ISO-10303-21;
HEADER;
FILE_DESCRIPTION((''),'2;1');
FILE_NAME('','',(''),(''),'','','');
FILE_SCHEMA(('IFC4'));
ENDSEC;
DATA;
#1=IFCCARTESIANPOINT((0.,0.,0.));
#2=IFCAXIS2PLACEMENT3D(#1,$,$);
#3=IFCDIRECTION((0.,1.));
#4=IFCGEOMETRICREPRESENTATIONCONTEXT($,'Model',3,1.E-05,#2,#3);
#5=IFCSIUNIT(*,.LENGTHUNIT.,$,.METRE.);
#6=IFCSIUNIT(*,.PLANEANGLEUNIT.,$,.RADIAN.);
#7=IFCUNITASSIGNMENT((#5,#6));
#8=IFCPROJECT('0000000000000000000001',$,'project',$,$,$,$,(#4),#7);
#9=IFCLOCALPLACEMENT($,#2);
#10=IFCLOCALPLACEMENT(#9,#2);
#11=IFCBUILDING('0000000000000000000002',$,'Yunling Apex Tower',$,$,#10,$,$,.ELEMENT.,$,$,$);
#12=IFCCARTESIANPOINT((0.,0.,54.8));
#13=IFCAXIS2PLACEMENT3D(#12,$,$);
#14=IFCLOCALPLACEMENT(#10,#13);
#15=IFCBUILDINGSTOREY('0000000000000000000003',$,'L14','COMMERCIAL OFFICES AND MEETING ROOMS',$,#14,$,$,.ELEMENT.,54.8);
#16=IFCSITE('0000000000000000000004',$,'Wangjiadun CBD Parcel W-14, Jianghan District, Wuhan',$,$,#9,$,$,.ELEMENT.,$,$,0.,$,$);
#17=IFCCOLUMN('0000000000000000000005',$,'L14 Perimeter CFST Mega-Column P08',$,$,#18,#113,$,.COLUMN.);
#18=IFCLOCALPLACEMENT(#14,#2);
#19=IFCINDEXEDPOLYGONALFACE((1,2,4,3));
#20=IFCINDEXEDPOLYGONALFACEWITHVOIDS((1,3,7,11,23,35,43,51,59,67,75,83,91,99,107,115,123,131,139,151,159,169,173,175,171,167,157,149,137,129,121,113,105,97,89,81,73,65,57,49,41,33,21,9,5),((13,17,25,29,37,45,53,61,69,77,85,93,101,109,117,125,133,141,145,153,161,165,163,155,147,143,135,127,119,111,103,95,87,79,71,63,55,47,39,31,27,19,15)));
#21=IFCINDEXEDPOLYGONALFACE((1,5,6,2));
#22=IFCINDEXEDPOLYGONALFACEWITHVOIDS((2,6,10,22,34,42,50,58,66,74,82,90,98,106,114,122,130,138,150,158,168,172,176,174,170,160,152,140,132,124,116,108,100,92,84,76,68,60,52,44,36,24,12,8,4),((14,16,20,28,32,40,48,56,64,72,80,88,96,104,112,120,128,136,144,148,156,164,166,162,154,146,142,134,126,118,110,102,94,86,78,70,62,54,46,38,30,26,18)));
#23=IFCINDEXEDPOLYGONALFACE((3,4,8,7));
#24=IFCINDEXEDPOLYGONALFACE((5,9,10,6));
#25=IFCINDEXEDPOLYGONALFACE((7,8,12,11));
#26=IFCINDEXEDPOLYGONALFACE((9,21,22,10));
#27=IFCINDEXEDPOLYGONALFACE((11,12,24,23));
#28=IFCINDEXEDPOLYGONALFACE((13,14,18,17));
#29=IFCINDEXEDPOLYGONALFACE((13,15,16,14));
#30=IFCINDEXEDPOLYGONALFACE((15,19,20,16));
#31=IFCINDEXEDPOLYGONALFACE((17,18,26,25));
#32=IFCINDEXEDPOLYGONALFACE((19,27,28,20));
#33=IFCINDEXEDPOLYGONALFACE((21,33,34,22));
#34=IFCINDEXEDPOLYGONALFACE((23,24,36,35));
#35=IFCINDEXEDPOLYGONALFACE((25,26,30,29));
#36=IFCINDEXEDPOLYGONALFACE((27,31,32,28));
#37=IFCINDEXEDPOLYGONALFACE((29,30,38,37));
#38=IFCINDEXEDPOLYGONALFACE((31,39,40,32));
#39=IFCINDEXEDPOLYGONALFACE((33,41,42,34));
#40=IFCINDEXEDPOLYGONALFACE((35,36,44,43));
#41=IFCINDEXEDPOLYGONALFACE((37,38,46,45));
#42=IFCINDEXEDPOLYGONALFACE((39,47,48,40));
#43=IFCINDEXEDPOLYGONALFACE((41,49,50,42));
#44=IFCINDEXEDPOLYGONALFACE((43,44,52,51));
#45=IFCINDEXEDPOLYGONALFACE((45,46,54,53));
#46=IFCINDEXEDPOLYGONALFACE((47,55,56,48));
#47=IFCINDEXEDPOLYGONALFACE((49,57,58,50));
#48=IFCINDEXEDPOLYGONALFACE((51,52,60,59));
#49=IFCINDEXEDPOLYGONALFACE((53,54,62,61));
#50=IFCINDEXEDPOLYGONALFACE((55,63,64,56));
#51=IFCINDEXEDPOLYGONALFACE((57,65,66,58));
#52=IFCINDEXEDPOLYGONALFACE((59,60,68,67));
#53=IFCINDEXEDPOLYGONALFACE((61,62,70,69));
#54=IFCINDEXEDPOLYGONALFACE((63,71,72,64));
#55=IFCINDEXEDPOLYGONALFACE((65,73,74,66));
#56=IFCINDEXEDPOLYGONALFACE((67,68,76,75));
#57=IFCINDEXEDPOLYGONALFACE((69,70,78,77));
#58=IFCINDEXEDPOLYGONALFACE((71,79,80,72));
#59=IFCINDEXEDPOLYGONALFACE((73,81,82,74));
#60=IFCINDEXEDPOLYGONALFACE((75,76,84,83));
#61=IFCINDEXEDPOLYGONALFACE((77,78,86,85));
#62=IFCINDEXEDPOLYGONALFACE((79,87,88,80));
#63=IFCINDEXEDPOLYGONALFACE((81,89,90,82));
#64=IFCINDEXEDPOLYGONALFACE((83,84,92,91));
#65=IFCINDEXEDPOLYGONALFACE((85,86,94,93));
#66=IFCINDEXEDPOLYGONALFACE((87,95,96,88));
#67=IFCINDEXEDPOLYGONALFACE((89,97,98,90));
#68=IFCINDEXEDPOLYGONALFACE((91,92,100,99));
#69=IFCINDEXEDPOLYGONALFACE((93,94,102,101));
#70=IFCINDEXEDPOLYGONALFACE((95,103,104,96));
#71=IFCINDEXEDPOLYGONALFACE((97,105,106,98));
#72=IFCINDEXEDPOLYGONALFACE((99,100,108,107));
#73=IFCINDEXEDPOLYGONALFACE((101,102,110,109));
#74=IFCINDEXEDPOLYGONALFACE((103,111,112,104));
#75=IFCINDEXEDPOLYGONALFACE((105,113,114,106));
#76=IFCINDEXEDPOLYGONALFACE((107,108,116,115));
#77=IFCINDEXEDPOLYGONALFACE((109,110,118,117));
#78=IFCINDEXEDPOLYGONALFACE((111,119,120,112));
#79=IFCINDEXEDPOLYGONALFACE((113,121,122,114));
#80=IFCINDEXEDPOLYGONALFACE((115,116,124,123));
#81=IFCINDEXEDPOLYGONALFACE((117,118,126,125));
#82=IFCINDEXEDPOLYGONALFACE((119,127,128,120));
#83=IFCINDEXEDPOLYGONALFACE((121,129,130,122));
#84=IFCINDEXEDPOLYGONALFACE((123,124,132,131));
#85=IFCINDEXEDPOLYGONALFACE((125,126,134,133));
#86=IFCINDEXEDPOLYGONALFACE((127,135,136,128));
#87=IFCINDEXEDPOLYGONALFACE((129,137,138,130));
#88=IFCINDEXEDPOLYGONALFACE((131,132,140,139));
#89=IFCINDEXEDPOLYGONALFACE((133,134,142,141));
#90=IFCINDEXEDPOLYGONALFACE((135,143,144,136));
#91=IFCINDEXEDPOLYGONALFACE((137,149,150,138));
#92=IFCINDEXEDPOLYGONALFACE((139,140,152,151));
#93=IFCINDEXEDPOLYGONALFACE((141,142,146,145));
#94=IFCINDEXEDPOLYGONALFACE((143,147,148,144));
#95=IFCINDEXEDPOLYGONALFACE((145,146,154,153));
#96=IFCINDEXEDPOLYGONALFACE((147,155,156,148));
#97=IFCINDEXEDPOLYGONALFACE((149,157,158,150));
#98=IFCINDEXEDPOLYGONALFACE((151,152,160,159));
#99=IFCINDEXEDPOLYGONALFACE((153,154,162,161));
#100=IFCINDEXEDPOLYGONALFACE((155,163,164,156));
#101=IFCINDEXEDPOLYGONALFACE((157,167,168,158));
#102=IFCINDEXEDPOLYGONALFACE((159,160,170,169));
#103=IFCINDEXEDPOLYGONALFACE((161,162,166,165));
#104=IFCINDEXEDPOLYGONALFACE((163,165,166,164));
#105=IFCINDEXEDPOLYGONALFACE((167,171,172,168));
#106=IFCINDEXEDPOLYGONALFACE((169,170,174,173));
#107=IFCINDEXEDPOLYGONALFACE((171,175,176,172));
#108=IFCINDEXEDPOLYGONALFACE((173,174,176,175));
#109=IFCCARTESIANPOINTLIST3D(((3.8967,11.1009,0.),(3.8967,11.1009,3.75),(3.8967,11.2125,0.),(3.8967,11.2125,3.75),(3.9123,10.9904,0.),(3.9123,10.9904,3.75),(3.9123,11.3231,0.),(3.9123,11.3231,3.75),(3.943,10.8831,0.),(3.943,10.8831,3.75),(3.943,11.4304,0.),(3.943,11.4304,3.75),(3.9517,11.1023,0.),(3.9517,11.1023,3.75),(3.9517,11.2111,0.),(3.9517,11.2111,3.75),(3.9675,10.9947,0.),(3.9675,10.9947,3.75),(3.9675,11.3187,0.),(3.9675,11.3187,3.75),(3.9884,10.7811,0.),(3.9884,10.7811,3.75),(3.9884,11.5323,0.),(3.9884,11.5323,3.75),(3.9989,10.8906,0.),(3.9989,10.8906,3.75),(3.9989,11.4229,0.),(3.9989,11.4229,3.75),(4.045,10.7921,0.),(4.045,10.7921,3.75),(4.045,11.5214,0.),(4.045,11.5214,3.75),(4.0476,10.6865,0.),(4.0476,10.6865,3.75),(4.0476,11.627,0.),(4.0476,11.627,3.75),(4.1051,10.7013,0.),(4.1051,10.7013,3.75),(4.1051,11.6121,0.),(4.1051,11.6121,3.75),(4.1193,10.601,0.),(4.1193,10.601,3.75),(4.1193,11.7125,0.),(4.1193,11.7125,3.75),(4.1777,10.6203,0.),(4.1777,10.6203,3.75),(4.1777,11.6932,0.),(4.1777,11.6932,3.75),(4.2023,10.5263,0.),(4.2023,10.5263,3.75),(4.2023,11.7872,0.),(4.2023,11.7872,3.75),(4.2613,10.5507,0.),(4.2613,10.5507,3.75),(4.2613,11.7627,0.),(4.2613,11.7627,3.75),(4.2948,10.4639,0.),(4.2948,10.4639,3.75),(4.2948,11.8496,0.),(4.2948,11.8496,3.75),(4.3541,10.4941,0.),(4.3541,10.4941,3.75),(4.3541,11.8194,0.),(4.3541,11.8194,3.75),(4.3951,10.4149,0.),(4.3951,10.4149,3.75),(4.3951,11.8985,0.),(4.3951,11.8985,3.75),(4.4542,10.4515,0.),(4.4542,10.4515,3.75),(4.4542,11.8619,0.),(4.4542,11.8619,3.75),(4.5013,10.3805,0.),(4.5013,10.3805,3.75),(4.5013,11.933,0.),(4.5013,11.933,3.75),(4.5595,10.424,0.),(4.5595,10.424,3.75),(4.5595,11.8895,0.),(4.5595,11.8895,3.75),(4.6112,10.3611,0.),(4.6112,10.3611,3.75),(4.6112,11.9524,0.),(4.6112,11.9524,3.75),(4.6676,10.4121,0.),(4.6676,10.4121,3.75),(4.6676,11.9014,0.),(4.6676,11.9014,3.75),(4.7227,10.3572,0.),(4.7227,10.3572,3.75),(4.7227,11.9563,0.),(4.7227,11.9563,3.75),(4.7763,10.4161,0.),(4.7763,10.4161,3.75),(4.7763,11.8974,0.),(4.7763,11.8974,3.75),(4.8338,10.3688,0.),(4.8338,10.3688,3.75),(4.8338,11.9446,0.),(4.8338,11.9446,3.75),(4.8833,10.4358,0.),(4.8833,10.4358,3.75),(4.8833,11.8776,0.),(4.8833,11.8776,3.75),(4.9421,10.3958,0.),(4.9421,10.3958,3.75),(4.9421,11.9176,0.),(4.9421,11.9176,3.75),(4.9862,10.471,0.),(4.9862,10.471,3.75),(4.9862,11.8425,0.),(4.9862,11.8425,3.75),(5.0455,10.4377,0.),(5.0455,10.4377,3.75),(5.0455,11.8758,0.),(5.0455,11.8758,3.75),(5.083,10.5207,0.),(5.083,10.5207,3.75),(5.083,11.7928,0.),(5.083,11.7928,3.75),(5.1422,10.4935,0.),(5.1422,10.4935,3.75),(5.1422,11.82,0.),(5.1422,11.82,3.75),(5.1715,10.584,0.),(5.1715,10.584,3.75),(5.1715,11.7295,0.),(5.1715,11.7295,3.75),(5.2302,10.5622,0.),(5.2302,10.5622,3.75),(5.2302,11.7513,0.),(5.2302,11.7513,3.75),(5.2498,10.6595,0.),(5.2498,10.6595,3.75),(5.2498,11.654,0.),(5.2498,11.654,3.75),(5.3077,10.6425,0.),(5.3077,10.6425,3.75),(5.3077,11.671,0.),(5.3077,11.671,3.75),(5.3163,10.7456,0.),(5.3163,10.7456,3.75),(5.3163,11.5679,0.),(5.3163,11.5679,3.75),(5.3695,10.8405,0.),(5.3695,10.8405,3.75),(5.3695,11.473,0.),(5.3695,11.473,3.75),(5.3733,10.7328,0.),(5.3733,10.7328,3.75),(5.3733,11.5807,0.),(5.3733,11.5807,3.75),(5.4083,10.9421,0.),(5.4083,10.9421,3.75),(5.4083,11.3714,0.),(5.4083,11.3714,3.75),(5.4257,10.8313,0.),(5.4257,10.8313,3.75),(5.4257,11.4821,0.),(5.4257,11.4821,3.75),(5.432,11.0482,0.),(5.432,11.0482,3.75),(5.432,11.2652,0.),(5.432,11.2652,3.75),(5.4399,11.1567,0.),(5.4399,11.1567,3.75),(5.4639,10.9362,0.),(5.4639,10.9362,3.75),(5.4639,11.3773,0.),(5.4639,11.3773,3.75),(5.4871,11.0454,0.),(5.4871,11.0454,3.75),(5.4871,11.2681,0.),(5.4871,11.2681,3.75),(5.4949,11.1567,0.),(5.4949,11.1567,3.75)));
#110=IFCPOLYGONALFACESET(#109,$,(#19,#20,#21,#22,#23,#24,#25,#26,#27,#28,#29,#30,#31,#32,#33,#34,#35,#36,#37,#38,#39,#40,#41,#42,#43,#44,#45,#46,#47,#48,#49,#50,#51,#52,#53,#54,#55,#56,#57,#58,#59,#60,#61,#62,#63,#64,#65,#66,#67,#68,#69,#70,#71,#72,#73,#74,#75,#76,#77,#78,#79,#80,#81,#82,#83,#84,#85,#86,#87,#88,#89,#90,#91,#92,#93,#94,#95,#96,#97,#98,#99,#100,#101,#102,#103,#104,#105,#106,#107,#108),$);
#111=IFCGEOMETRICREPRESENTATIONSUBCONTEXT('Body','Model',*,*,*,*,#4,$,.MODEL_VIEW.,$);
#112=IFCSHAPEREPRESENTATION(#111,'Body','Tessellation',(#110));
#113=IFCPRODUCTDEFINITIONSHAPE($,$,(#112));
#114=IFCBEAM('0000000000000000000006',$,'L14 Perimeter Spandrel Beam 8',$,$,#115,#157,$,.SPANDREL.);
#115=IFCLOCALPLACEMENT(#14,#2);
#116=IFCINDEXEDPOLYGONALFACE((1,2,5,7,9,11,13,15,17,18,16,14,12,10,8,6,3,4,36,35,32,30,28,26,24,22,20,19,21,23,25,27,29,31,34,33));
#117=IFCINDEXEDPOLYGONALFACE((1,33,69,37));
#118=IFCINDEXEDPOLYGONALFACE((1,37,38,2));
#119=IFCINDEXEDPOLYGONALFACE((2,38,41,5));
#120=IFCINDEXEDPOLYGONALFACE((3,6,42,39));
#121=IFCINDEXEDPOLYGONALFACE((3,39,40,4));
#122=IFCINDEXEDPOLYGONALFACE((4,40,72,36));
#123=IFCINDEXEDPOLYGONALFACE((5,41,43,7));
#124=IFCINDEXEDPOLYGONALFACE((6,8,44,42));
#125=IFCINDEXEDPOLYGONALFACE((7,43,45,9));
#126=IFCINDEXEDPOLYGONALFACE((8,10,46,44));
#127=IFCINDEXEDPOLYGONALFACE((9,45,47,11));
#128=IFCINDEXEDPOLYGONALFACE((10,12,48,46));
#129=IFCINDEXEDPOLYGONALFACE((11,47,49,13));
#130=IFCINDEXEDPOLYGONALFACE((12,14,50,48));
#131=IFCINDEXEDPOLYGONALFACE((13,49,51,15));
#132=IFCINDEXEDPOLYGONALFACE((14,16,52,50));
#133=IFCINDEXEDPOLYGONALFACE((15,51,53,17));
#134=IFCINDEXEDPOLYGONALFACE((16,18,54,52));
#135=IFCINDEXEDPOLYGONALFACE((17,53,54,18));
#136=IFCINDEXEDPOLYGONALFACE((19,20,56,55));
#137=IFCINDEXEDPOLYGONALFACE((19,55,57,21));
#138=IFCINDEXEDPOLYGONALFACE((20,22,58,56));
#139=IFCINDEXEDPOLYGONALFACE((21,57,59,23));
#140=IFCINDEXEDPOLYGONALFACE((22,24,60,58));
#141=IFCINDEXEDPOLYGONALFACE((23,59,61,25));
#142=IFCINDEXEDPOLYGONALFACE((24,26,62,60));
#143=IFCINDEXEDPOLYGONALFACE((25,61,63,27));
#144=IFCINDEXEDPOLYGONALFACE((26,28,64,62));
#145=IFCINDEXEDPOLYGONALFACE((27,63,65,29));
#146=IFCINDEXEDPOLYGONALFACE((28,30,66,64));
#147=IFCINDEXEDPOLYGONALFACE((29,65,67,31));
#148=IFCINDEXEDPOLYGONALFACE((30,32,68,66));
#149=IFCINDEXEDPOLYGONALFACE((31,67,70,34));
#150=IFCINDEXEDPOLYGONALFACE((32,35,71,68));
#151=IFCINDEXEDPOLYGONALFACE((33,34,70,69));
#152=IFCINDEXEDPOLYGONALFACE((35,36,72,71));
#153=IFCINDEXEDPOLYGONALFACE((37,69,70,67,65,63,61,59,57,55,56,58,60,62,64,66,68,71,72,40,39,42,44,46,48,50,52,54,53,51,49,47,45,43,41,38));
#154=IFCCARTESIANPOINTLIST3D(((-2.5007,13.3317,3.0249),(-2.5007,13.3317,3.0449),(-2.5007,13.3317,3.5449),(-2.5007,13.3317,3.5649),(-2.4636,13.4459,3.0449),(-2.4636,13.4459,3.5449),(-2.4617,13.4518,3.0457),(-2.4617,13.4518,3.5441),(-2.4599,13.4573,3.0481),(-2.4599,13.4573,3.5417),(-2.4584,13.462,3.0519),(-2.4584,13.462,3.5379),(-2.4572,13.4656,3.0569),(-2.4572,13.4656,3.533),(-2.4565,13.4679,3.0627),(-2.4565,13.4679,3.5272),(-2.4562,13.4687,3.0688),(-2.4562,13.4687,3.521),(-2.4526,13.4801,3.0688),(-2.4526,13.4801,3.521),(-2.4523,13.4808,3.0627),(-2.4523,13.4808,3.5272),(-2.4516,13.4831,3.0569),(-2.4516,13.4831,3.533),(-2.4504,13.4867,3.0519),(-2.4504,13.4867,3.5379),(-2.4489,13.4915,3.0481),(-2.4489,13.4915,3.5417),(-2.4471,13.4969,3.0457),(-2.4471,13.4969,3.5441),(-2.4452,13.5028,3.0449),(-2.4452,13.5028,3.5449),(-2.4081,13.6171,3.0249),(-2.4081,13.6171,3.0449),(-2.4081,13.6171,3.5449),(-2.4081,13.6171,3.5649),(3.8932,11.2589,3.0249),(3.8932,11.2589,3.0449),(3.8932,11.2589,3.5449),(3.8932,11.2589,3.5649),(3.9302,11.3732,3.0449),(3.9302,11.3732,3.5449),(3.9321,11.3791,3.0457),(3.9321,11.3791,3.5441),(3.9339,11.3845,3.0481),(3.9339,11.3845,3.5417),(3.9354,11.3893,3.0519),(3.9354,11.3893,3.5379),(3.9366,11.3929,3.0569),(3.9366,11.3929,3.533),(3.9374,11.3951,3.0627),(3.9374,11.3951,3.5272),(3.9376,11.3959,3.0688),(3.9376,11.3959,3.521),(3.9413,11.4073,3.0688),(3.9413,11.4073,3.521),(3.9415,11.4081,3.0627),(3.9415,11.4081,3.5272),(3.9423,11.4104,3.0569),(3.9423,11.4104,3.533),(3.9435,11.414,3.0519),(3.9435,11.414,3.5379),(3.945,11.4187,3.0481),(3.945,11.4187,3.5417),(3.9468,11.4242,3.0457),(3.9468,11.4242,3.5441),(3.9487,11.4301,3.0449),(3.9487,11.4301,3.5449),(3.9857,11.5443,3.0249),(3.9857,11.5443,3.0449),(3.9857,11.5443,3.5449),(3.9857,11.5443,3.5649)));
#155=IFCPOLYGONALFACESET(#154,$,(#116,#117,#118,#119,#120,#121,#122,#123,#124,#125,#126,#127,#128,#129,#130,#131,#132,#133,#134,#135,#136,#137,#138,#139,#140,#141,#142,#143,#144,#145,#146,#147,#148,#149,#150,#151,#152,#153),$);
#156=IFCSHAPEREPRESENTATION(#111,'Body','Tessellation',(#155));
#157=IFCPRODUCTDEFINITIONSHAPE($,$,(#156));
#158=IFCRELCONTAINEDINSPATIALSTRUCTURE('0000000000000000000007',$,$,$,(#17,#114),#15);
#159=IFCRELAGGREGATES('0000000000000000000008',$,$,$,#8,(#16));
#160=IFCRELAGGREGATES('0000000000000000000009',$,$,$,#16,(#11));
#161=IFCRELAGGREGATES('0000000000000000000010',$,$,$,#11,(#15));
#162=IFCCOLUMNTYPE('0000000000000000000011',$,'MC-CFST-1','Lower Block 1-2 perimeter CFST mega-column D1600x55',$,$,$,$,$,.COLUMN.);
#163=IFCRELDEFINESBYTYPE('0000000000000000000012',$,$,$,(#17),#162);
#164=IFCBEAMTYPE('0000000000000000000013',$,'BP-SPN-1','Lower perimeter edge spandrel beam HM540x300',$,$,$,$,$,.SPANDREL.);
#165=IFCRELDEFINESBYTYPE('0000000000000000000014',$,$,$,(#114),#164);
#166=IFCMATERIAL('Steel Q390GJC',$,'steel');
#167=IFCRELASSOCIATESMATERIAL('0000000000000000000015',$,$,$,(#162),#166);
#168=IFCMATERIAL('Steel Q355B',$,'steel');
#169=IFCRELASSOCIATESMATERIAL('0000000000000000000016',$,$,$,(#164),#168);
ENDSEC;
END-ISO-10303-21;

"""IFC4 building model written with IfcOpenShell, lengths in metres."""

from ifc_helpers import new_model, si_unit, direction, frame, origin, origin_2d, place, context, subcontext, project, spatial, hollow_circle, i_section, extrude, source, transform, mapped, material, material_profile, profile_set, type_object, element, save


model = new_model("IFC4")

# Units and contexts
model_context = context("Model", 3, precision=1e-05, world=origin(), true_north=direction((0.0, 1.0)))
body_context = subcontext(model_context, "Body", "Model", "MODEL_VIEW")
ifc_project = project(units=[si_unit("LENGTHUNIT", "METRE"), si_unit("PLANEANGLEUNIT", "RADIAN")], contexts=[model_context])

# Site, building, storey
site_placement = place(None, origin())
site = spatial("IfcSite", under=ifc_project, at=site_placement, Name="Wangjiadun CBD Parcel W-14, Jianghan District, Wuhan", CompositionType="ELEMENT", RefElevation=0.0)
building_placement = place(site_placement, origin())
building = spatial("IfcBuilding", under=site, at=building_placement, Name="Yunling Apex Tower", CompositionType="ELEMENT")
storey_placement = place(building_placement, frame((0.0, 0.0, 54.8)))
storey = spatial("IfcBuildingStorey", under=building, at=storey_placement, Name="L14", Description="COMMERCIAL OFFICES AND MEETING ROOMS", CompositionType="ELEMENT", Elevation=54.8)

# Column
ifc_material_1 = material(Name="Steel Q390GJC", Category="steel")
ifc_material_profile_1 = material_profile(ifc_material_1, hollow_circle(Radius=0.8, WallThickness=0.0549, at=origin_2d()))
ifc_profile_set_1 = profile_set([ifc_material_profile_1], Name="Steel Q390GJC")
column_type = type_object("IfcColumnType", Name="MC-CFST-1", Description="Lower Block 1-2 perimeter CFST mega-column D1600x55", PredefinedType="COLUMN", material=ifc_profile_set_1)
shared_shape_1 = source(origin(), body_context, "Body", "SweptSolid", [
    extrude(hollow_circle(Radius=0.8, WallThickness=0.0549, at=origin_2d()), origin(), (0.0, 0.0, 1.0), 3.75),
])
column_placement = place(storey_placement, frame((4.6948, 11.1567, 0.0), z_axis=(0.0, 0.0, 1.0), x_axis=(1.0, 0.0, 0.0)))
element("IfcColumn", 1, at=column_placement, inside=storey, type_object=column_type, Name="L14 Perimeter CFST Mega-Column P08", PredefinedType="COLUMN", context=body_context, shape_type="MappedRepresentation", body=[
    mapped(shared_shape_1, transform((0.0, 0.0, 0.0), scale=1.0)),
])

# Beam
ifc_material_2 = material(Name="Steel Q355B", Category="steel")
ifc_material_profile_2 = material_profile(ifc_material_2, i_section(OverallWidth=0.3, OverallDepth=0.54, WebThickness=0.012, FlangeThickness=0.02, FilletRadius=0.0239, at=origin_2d()))
ifc_profile_set_2 = profile_set([ifc_material_profile_2], Name="Steel Q355B")
beam_type_1 = type_object("IfcBeamType", Name="BP-SPN-1", Description="Lower perimeter edge spandrel beam HM540x300", PredefinedType="SPANDREL", material=ifc_profile_set_2)
shared_shape_2 = source(origin(), body_context, "Body", "SweptSolid", [
    extrude(i_section(OverallWidth=0.3, OverallDepth=0.54, WebThickness=0.012, FlangeThickness=0.02, FilletRadius=0.0239, at=origin_2d()), origin(), (0.0, 0.0, 1.0), 6.7214),
])
beam_1_placement = place(storey_placement, frame((3.9395, 11.4016, 3.2949), z_axis=(-0.951263, 0.308382, 0.0), x_axis=(-0.308382, -0.951263, 0.0)))
element("IfcBeam", 2, at=beam_1_placement, inside=storey, type_object=beam_type_1, Name="L14 Perimeter Spandrel Beam 8", PredefinedType="SPANDREL", context=body_context, shape_type="MappedRepresentation", body=[
    mapped(shared_shape_2, transform((0.0, 0.0, 0.0), scale=1.0)),
])

save(model, "model.ifc")
